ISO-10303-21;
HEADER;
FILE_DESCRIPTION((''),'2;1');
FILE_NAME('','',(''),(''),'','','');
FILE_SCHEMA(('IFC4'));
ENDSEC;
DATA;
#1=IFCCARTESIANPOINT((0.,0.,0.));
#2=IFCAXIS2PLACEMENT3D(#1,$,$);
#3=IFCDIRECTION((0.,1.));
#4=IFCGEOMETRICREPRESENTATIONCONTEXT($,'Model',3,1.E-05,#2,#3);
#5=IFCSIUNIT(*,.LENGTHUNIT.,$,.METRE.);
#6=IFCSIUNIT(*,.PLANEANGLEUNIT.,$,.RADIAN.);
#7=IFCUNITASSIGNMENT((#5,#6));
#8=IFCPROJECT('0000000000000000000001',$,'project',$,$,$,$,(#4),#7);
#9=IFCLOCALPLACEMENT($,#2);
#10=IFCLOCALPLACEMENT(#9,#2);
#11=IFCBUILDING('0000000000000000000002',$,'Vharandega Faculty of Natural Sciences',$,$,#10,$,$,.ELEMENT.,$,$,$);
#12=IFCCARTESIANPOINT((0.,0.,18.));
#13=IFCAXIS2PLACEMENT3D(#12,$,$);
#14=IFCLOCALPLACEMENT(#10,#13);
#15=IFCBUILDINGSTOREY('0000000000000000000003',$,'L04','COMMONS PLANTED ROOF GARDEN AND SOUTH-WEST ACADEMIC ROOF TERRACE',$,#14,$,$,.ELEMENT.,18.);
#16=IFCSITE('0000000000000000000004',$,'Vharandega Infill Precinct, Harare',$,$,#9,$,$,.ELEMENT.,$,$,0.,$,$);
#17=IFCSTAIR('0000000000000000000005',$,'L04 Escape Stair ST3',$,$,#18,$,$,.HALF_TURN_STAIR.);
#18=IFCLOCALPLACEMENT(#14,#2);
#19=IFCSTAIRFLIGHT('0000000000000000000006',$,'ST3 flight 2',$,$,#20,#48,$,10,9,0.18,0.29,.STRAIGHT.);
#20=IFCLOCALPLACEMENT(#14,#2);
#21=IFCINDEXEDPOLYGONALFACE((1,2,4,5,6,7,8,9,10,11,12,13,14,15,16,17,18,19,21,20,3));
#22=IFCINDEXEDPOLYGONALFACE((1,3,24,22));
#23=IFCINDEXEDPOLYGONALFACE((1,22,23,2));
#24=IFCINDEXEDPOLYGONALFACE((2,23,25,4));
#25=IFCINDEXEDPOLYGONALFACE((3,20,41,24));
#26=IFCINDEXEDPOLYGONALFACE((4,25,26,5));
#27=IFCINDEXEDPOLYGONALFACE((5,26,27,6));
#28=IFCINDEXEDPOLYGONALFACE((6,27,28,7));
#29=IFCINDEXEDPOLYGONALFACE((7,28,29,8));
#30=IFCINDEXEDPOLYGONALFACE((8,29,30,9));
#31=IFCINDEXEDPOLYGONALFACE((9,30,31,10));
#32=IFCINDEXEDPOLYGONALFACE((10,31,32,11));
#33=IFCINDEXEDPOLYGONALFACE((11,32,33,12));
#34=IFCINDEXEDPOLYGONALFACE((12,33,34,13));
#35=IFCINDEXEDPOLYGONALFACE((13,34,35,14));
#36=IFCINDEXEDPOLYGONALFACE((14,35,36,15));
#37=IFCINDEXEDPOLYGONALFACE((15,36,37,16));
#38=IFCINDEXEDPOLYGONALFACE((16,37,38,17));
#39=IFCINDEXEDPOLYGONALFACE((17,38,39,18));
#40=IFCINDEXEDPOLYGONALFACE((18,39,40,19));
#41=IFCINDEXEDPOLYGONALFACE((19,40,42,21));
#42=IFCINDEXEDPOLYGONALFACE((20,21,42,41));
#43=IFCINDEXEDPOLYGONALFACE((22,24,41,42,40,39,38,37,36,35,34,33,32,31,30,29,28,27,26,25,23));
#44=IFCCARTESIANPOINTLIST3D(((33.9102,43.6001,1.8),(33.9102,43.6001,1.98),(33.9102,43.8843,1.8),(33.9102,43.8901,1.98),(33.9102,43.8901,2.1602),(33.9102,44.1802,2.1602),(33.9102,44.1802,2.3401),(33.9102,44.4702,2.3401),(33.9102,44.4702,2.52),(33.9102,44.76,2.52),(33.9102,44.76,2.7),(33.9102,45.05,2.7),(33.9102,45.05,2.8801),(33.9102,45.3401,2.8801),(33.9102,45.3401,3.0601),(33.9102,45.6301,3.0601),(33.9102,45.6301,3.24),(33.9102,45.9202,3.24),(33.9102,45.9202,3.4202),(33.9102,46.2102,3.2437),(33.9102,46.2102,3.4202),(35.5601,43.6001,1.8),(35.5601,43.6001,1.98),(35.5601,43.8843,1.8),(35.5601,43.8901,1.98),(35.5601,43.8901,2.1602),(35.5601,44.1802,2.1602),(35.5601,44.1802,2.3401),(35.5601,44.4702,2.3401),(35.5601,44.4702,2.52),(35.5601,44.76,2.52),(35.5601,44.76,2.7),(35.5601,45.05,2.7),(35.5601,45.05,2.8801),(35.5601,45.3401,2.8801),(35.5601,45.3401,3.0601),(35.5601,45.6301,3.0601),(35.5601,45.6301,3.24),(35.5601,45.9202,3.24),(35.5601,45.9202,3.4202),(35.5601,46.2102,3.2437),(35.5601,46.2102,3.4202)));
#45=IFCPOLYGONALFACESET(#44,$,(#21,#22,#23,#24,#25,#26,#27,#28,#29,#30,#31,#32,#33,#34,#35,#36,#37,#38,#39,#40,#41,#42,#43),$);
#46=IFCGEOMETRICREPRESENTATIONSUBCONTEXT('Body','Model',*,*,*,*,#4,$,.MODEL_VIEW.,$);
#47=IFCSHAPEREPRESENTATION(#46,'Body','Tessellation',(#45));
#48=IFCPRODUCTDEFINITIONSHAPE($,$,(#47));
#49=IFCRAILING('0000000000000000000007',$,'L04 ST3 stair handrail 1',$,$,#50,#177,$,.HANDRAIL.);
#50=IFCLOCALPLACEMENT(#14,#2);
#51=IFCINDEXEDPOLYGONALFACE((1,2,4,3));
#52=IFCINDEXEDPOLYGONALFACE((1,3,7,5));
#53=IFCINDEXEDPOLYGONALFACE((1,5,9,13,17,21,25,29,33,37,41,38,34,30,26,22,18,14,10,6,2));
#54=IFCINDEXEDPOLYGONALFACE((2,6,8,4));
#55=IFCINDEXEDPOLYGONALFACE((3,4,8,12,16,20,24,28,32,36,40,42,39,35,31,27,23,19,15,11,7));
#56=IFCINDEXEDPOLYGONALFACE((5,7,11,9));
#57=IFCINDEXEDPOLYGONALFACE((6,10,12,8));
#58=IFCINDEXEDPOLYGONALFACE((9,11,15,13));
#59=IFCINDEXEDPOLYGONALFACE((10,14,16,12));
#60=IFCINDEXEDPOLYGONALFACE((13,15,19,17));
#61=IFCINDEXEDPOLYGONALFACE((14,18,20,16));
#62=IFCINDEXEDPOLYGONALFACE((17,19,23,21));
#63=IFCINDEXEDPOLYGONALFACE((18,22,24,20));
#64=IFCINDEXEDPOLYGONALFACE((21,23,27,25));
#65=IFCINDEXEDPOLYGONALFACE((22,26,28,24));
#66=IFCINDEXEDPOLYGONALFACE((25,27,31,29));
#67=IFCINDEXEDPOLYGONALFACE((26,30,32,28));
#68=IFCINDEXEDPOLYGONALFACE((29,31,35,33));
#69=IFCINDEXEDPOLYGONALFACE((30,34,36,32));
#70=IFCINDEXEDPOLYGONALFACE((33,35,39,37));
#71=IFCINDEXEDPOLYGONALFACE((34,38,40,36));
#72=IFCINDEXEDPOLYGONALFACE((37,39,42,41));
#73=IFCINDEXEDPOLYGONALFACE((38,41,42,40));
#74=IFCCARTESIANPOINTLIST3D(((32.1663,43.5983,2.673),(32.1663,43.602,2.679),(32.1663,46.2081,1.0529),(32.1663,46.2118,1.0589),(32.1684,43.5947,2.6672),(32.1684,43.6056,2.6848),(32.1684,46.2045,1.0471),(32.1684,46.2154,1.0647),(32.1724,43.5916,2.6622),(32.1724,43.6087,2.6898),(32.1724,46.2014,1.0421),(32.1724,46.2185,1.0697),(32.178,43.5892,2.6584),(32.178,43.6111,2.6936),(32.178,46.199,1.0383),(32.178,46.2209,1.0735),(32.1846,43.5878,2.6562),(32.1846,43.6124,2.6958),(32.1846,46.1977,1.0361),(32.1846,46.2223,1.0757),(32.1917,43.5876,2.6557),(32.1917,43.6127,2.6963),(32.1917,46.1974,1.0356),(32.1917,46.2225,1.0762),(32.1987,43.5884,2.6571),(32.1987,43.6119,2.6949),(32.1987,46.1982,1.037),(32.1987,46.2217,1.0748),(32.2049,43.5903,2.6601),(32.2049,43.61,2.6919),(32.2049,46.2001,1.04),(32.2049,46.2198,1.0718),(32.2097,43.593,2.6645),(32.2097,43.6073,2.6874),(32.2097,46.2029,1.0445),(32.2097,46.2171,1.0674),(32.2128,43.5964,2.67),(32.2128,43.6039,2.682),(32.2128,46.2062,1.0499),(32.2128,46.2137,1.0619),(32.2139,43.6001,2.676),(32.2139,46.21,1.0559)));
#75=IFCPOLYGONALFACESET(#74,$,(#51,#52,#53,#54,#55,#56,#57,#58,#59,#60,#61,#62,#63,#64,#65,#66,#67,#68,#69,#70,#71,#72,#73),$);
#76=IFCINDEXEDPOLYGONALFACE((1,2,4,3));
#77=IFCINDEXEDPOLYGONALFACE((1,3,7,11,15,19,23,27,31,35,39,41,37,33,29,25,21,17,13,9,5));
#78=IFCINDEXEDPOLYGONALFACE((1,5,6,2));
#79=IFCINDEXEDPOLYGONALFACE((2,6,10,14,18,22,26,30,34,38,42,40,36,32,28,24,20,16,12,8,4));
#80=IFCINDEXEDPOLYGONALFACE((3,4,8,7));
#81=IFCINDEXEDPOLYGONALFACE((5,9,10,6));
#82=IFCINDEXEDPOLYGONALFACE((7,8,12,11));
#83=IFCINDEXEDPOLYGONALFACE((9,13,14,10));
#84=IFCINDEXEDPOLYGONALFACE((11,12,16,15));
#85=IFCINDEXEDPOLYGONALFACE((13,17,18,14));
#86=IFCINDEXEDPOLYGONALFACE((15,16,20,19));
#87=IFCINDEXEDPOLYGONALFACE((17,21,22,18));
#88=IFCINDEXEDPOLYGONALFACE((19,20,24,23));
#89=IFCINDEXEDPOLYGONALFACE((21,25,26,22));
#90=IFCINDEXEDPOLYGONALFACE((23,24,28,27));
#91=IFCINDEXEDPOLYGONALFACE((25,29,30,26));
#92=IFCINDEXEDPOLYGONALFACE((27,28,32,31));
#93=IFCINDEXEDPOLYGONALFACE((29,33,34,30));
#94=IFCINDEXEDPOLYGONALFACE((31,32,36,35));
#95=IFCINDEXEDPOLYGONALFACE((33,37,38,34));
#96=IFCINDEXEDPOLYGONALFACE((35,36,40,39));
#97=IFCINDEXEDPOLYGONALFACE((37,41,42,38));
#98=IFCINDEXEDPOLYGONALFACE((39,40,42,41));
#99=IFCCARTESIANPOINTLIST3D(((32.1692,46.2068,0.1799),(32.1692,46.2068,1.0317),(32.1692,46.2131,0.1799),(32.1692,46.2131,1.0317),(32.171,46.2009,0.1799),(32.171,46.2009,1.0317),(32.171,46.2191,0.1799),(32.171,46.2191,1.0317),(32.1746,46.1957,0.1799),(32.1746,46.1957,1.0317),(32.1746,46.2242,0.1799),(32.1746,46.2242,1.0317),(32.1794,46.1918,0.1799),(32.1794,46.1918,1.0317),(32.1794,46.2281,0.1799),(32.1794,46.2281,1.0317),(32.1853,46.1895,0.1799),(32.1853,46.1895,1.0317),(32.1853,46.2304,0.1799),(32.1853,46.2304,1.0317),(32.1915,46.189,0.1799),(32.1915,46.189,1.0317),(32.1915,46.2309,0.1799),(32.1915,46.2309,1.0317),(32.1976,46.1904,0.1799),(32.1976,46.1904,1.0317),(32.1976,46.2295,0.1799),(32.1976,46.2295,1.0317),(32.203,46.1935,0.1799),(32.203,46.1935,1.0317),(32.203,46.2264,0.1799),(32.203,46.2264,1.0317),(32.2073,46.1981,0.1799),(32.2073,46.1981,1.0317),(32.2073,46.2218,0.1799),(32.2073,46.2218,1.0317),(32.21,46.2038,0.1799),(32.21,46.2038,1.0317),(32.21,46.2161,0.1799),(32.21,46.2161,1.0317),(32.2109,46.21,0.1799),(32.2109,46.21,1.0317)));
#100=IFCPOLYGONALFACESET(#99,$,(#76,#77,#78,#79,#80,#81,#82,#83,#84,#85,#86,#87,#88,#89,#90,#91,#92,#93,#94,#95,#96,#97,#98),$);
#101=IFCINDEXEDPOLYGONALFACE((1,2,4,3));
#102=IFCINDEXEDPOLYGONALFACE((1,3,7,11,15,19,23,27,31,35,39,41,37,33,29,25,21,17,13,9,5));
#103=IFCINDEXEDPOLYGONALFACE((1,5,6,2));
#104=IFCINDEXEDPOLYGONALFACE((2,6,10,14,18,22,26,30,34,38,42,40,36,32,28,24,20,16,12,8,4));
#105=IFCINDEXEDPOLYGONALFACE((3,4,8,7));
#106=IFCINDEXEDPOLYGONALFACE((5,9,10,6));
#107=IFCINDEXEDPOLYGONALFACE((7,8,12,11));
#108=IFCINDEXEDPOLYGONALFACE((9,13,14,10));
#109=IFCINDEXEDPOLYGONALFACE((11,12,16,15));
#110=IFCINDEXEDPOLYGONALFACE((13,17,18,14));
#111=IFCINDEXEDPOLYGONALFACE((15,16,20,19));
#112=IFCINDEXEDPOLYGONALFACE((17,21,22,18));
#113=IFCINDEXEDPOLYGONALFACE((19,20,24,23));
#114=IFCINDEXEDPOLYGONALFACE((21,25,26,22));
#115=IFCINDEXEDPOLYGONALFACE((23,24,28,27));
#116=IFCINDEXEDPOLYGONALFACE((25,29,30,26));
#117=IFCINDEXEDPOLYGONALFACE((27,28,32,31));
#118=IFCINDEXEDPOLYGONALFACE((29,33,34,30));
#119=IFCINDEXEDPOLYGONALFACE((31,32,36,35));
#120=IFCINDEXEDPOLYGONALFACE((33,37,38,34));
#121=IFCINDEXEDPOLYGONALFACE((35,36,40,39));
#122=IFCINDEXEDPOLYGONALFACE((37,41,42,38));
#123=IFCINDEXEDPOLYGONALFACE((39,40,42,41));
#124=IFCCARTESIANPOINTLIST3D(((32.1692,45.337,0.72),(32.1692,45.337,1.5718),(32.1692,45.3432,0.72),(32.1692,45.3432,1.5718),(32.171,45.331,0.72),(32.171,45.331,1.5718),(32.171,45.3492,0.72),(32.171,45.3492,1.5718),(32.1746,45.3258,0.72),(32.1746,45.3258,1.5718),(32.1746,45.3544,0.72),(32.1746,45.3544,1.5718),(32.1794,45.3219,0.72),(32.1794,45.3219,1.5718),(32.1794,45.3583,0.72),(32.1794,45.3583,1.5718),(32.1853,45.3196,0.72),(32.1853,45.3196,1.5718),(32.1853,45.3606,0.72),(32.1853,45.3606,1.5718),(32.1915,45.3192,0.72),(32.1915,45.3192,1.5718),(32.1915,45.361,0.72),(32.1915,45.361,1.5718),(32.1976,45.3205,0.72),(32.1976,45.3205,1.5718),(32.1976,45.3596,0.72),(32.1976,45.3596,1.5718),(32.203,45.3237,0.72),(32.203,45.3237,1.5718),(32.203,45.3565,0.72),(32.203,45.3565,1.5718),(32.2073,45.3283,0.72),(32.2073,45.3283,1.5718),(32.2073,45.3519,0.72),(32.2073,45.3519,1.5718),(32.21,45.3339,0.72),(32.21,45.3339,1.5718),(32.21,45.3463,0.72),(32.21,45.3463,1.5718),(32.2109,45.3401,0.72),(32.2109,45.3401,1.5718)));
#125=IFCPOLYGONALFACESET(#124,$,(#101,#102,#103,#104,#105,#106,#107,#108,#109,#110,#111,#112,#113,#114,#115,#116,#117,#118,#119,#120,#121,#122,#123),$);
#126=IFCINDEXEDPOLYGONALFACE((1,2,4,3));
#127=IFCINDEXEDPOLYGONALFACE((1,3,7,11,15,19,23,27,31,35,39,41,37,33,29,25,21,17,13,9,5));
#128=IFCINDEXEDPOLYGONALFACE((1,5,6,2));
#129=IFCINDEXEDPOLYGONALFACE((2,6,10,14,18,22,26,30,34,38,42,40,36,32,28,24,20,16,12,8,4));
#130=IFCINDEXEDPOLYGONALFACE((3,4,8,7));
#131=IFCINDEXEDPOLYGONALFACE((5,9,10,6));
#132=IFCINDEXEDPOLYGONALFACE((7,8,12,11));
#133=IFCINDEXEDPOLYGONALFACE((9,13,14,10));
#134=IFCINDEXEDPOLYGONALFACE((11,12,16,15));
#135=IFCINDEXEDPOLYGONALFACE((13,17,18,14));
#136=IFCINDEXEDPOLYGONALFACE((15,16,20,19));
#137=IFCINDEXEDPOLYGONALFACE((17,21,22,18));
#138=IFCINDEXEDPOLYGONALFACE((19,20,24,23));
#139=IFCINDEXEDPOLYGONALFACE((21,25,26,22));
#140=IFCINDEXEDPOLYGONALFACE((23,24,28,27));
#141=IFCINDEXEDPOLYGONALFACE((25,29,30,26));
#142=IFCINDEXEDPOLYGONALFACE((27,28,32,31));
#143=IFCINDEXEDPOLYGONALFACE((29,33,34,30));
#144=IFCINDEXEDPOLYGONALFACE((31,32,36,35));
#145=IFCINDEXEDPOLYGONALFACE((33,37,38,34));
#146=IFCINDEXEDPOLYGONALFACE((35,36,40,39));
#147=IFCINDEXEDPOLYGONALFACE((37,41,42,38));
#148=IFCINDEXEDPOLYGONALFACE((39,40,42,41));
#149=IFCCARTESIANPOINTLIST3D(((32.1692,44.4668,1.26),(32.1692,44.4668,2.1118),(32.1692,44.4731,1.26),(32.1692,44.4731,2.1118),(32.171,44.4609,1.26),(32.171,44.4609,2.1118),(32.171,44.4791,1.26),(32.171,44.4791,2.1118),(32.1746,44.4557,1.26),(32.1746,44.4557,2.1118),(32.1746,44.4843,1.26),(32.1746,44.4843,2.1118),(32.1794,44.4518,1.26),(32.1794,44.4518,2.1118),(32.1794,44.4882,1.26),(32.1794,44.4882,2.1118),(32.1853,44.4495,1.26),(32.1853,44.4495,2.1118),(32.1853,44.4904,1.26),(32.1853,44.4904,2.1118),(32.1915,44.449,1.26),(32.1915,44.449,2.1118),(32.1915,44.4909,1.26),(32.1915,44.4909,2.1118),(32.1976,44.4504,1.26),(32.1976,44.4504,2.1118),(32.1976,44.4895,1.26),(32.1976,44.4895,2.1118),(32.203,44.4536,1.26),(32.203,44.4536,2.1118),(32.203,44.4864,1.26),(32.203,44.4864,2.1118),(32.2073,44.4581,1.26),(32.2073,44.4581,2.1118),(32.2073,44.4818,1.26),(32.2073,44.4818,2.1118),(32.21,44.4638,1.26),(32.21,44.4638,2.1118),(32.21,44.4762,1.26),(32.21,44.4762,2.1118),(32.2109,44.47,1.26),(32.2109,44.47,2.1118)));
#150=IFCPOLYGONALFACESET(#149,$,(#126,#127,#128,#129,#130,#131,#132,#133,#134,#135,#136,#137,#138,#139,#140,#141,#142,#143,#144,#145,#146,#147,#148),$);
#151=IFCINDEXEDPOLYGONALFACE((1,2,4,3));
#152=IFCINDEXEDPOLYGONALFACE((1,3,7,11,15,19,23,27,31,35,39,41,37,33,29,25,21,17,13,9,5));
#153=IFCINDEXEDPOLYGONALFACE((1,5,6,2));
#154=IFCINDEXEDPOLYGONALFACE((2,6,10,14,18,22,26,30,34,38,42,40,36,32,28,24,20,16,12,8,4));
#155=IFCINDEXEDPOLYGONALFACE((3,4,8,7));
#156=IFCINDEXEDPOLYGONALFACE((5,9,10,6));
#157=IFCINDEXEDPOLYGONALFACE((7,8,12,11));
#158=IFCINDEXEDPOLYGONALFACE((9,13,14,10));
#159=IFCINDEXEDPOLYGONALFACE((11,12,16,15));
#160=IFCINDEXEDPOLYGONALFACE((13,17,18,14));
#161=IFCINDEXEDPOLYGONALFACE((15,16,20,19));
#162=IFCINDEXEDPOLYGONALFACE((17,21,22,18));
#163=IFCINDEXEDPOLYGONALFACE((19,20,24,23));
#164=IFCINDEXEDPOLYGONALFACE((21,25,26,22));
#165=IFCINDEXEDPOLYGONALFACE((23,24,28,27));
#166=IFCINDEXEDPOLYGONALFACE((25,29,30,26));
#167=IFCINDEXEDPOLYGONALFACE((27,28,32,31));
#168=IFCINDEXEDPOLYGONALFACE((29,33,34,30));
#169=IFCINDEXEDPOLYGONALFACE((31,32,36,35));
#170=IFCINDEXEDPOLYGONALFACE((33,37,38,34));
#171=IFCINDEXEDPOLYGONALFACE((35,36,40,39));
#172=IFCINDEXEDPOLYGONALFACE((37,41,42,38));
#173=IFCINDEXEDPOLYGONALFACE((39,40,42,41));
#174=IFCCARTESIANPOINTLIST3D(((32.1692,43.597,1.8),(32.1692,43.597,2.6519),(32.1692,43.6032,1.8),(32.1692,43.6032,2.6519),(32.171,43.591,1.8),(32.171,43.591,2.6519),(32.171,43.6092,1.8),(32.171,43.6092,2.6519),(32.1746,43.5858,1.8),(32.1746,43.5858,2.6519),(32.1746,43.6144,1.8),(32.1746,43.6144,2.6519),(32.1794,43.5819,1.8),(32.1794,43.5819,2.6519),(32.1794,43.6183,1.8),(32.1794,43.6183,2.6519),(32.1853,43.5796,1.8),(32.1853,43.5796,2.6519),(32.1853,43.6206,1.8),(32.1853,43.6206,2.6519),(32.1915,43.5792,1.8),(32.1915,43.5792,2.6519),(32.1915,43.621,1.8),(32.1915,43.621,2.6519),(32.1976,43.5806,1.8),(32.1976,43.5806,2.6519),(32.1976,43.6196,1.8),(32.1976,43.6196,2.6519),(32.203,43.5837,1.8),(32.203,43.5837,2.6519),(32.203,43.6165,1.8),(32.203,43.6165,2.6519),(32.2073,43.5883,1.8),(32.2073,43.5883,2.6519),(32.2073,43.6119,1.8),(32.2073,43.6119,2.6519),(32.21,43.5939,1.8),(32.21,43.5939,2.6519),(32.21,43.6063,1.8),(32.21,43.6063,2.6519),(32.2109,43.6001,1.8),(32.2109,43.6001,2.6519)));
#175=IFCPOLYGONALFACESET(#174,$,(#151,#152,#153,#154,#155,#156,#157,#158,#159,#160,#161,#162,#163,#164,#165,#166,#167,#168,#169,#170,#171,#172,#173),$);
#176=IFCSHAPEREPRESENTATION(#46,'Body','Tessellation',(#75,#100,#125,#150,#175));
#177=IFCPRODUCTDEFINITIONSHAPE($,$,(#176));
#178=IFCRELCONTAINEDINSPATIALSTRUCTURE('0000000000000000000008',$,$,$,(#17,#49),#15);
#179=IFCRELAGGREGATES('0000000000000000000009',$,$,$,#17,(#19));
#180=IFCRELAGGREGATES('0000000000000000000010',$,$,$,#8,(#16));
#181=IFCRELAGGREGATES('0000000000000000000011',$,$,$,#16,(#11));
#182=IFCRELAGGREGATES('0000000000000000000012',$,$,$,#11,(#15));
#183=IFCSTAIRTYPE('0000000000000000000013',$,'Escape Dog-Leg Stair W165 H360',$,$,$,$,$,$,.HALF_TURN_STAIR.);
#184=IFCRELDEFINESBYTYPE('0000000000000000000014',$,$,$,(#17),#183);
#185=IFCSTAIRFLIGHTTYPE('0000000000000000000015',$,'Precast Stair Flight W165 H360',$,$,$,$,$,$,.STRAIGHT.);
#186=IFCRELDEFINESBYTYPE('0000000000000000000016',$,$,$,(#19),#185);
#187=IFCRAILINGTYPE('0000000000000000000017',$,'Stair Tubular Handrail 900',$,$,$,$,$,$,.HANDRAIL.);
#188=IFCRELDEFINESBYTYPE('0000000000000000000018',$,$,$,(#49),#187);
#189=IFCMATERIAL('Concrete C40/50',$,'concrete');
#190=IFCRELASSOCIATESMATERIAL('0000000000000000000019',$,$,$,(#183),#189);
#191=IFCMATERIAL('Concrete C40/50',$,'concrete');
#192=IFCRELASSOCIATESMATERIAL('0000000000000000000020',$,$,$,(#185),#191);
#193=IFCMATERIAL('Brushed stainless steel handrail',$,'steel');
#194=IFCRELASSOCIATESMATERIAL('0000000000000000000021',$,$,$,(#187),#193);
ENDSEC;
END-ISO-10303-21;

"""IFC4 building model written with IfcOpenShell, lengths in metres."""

from ifc_helpers import new_model, si_unit, direction, frame, origin, origin_2d, place, context, subcontext, project, spatial, polyline, circle, outline, extrude, material, type_object, element, aggregate, save


model = new_model("IFC4")

# Units and contexts
model_context = context("Model", 3, precision=1e-05, world=origin(), true_north=direction((0.0, 1.0)))
body_context = subcontext(model_context, "Body", "Model", "MODEL_VIEW")
ifc_project = project(units=[si_unit("LENGTHUNIT", "METRE"), si_unit("PLANEANGLEUNIT", "RADIAN")], contexts=[model_context])

# Site, building, storey
site_placement = place(None, origin())
site = spatial("IfcSite", under=ifc_project, at=site_placement, Name="Vharandega Infill Precinct, Harare", CompositionType="ELEMENT", RefElevation=0.0)
building_placement = place(site_placement, origin())
building = spatial("IfcBuilding", under=site, at=building_placement, Name="Vharandega Faculty of Natural Sciences", CompositionType="ELEMENT")
storey_placement = place(building_placement, frame((0.0, 0.0, 18.0)))
storey = spatial("IfcBuildingStorey", under=building, at=storey_placement, Name="L04", Description="COMMONS PLANTED ROOF GARDEN AND SOUTH-WEST ACADEMIC ROOF TERRACE", CompositionType="ELEMENT", Elevation=18.0)

# Stair, stair flight
ifc_material_1 = material(Name="Concrete C40/50", Category="concrete")
stair_type = type_object("IfcStairType", Name="Escape Dog-Leg Stair W165 H360", PredefinedType="HALF_TURN_STAIR", material=ifc_material_1)
stair_placement = place(storey_placement, origin())
stair = element("IfcStair", 1, at=stair_placement, inside=storey, type_object=stair_type, Name="L04 Escape Stair ST3", PredefinedType="HALF_TURN_STAIR")
ifc_material_2 = material(Name="Concrete C40/50", Category="concrete")
stair_flight_type = type_object("IfcStairFlightType", Name="Precast Stair Flight W165 H360", PredefinedType="STRAIGHT", material=ifc_material_2)
stair_flight_1_placement = place(storey_placement, frame((34.7351, 43.6001, 1.8), z_axis=(0.0, 0.0, 1.0), x_axis=(0.0, 1.0, 0.0)))
stair_flight_1 = element("IfcStairFlight", 2, at=stair_flight_1_placement, type_object=stair_flight_type, Name="ST3 flight 2", NumberOfRisers=10, NumberOfTreads=9, PredefinedType="STRAIGHT", RiserHeight=0.18, TreadLength=0.29, context=body_context, shape_type="SweptSolid", body=[
    extrude(outline(polyline([(0.0, 0.0), (0.0, 0.1799), (0.29, 0.1799), (0.29, 0.3601), (0.5801, 0.3601), (0.5801, 0.54), (0.8701, 0.54), (0.8701, 0.72), (1.1599, 0.72), (1.1599, 0.8999), (1.45, 0.8999), (1.45, 1.0801), (1.74, 1.0801), (1.74, 1.26), (2.03, 1.26), (2.03, 1.4399), (2.3201, 1.4399), (2.3201, 1.6201), (2.6101, 1.6201), (2.6101, 1.8), (2.6101, 1.4436), (0.2842, 0.0), (0.0, 0.0)])), frame((0.0, 0.825, 0.0), z_axis=(0.0, -1.0, 0.0), x_axis=(1.0, 0.0, 0.0)), (0.0, 0.0, 1.0), 1.6499),
])
aggregate(stair, [stair_flight_1])

# Railing
ifc_material_3 = material(Name="Brushed stainless steel handrail", Category="steel")
railing_type_1 = type_object("IfcRailingType", Name="Stair Tubular Handrail 900", PredefinedType="HANDRAIL", material=ifc_material_3)
railing_1_placement = place(storey_placement, frame((32.1899, 46.21, 0.1799)))
element("IfcRailing", 3, at=railing_1_placement, inside=storey, type_object=railing_type_1, Name="L04 ST3 stair handrail 1", PredefinedType="HANDRAIL", context=body_context, shape_type="SweptSolid", body=[
    extrude(circle(Radius=0.0239, at=origin_2d()), frame((0.0, 0.0, 0.876), z_axis=(0.0, -0.849611, 0.52741), x_axis=(1.0, 0.0, 0.0)), (0.0, 0.0, 1.0), 3.0718),
    extrude(circle(Radius=0.021, at=origin_2d()), origin(), (0.0, 0.0, 1.0), 0.8518),
    extrude(circle(Radius=0.021, at=origin_2d()), frame((0.0, -0.8699, 0.54)), (0.0, 0.0, 1.0), 0.8518),
    extrude(circle(Radius=0.021, at=origin_2d()), frame((0.0, -1.74, 1.0801)), (0.0, 0.0, 1.0), 0.8518),
    extrude(circle(Radius=0.021, at=origin_2d()), frame((0.0, -2.6099, 1.6201)), (0.0, 0.0, 1.0), 0.8518),
])

save(model, "model.ifc")
